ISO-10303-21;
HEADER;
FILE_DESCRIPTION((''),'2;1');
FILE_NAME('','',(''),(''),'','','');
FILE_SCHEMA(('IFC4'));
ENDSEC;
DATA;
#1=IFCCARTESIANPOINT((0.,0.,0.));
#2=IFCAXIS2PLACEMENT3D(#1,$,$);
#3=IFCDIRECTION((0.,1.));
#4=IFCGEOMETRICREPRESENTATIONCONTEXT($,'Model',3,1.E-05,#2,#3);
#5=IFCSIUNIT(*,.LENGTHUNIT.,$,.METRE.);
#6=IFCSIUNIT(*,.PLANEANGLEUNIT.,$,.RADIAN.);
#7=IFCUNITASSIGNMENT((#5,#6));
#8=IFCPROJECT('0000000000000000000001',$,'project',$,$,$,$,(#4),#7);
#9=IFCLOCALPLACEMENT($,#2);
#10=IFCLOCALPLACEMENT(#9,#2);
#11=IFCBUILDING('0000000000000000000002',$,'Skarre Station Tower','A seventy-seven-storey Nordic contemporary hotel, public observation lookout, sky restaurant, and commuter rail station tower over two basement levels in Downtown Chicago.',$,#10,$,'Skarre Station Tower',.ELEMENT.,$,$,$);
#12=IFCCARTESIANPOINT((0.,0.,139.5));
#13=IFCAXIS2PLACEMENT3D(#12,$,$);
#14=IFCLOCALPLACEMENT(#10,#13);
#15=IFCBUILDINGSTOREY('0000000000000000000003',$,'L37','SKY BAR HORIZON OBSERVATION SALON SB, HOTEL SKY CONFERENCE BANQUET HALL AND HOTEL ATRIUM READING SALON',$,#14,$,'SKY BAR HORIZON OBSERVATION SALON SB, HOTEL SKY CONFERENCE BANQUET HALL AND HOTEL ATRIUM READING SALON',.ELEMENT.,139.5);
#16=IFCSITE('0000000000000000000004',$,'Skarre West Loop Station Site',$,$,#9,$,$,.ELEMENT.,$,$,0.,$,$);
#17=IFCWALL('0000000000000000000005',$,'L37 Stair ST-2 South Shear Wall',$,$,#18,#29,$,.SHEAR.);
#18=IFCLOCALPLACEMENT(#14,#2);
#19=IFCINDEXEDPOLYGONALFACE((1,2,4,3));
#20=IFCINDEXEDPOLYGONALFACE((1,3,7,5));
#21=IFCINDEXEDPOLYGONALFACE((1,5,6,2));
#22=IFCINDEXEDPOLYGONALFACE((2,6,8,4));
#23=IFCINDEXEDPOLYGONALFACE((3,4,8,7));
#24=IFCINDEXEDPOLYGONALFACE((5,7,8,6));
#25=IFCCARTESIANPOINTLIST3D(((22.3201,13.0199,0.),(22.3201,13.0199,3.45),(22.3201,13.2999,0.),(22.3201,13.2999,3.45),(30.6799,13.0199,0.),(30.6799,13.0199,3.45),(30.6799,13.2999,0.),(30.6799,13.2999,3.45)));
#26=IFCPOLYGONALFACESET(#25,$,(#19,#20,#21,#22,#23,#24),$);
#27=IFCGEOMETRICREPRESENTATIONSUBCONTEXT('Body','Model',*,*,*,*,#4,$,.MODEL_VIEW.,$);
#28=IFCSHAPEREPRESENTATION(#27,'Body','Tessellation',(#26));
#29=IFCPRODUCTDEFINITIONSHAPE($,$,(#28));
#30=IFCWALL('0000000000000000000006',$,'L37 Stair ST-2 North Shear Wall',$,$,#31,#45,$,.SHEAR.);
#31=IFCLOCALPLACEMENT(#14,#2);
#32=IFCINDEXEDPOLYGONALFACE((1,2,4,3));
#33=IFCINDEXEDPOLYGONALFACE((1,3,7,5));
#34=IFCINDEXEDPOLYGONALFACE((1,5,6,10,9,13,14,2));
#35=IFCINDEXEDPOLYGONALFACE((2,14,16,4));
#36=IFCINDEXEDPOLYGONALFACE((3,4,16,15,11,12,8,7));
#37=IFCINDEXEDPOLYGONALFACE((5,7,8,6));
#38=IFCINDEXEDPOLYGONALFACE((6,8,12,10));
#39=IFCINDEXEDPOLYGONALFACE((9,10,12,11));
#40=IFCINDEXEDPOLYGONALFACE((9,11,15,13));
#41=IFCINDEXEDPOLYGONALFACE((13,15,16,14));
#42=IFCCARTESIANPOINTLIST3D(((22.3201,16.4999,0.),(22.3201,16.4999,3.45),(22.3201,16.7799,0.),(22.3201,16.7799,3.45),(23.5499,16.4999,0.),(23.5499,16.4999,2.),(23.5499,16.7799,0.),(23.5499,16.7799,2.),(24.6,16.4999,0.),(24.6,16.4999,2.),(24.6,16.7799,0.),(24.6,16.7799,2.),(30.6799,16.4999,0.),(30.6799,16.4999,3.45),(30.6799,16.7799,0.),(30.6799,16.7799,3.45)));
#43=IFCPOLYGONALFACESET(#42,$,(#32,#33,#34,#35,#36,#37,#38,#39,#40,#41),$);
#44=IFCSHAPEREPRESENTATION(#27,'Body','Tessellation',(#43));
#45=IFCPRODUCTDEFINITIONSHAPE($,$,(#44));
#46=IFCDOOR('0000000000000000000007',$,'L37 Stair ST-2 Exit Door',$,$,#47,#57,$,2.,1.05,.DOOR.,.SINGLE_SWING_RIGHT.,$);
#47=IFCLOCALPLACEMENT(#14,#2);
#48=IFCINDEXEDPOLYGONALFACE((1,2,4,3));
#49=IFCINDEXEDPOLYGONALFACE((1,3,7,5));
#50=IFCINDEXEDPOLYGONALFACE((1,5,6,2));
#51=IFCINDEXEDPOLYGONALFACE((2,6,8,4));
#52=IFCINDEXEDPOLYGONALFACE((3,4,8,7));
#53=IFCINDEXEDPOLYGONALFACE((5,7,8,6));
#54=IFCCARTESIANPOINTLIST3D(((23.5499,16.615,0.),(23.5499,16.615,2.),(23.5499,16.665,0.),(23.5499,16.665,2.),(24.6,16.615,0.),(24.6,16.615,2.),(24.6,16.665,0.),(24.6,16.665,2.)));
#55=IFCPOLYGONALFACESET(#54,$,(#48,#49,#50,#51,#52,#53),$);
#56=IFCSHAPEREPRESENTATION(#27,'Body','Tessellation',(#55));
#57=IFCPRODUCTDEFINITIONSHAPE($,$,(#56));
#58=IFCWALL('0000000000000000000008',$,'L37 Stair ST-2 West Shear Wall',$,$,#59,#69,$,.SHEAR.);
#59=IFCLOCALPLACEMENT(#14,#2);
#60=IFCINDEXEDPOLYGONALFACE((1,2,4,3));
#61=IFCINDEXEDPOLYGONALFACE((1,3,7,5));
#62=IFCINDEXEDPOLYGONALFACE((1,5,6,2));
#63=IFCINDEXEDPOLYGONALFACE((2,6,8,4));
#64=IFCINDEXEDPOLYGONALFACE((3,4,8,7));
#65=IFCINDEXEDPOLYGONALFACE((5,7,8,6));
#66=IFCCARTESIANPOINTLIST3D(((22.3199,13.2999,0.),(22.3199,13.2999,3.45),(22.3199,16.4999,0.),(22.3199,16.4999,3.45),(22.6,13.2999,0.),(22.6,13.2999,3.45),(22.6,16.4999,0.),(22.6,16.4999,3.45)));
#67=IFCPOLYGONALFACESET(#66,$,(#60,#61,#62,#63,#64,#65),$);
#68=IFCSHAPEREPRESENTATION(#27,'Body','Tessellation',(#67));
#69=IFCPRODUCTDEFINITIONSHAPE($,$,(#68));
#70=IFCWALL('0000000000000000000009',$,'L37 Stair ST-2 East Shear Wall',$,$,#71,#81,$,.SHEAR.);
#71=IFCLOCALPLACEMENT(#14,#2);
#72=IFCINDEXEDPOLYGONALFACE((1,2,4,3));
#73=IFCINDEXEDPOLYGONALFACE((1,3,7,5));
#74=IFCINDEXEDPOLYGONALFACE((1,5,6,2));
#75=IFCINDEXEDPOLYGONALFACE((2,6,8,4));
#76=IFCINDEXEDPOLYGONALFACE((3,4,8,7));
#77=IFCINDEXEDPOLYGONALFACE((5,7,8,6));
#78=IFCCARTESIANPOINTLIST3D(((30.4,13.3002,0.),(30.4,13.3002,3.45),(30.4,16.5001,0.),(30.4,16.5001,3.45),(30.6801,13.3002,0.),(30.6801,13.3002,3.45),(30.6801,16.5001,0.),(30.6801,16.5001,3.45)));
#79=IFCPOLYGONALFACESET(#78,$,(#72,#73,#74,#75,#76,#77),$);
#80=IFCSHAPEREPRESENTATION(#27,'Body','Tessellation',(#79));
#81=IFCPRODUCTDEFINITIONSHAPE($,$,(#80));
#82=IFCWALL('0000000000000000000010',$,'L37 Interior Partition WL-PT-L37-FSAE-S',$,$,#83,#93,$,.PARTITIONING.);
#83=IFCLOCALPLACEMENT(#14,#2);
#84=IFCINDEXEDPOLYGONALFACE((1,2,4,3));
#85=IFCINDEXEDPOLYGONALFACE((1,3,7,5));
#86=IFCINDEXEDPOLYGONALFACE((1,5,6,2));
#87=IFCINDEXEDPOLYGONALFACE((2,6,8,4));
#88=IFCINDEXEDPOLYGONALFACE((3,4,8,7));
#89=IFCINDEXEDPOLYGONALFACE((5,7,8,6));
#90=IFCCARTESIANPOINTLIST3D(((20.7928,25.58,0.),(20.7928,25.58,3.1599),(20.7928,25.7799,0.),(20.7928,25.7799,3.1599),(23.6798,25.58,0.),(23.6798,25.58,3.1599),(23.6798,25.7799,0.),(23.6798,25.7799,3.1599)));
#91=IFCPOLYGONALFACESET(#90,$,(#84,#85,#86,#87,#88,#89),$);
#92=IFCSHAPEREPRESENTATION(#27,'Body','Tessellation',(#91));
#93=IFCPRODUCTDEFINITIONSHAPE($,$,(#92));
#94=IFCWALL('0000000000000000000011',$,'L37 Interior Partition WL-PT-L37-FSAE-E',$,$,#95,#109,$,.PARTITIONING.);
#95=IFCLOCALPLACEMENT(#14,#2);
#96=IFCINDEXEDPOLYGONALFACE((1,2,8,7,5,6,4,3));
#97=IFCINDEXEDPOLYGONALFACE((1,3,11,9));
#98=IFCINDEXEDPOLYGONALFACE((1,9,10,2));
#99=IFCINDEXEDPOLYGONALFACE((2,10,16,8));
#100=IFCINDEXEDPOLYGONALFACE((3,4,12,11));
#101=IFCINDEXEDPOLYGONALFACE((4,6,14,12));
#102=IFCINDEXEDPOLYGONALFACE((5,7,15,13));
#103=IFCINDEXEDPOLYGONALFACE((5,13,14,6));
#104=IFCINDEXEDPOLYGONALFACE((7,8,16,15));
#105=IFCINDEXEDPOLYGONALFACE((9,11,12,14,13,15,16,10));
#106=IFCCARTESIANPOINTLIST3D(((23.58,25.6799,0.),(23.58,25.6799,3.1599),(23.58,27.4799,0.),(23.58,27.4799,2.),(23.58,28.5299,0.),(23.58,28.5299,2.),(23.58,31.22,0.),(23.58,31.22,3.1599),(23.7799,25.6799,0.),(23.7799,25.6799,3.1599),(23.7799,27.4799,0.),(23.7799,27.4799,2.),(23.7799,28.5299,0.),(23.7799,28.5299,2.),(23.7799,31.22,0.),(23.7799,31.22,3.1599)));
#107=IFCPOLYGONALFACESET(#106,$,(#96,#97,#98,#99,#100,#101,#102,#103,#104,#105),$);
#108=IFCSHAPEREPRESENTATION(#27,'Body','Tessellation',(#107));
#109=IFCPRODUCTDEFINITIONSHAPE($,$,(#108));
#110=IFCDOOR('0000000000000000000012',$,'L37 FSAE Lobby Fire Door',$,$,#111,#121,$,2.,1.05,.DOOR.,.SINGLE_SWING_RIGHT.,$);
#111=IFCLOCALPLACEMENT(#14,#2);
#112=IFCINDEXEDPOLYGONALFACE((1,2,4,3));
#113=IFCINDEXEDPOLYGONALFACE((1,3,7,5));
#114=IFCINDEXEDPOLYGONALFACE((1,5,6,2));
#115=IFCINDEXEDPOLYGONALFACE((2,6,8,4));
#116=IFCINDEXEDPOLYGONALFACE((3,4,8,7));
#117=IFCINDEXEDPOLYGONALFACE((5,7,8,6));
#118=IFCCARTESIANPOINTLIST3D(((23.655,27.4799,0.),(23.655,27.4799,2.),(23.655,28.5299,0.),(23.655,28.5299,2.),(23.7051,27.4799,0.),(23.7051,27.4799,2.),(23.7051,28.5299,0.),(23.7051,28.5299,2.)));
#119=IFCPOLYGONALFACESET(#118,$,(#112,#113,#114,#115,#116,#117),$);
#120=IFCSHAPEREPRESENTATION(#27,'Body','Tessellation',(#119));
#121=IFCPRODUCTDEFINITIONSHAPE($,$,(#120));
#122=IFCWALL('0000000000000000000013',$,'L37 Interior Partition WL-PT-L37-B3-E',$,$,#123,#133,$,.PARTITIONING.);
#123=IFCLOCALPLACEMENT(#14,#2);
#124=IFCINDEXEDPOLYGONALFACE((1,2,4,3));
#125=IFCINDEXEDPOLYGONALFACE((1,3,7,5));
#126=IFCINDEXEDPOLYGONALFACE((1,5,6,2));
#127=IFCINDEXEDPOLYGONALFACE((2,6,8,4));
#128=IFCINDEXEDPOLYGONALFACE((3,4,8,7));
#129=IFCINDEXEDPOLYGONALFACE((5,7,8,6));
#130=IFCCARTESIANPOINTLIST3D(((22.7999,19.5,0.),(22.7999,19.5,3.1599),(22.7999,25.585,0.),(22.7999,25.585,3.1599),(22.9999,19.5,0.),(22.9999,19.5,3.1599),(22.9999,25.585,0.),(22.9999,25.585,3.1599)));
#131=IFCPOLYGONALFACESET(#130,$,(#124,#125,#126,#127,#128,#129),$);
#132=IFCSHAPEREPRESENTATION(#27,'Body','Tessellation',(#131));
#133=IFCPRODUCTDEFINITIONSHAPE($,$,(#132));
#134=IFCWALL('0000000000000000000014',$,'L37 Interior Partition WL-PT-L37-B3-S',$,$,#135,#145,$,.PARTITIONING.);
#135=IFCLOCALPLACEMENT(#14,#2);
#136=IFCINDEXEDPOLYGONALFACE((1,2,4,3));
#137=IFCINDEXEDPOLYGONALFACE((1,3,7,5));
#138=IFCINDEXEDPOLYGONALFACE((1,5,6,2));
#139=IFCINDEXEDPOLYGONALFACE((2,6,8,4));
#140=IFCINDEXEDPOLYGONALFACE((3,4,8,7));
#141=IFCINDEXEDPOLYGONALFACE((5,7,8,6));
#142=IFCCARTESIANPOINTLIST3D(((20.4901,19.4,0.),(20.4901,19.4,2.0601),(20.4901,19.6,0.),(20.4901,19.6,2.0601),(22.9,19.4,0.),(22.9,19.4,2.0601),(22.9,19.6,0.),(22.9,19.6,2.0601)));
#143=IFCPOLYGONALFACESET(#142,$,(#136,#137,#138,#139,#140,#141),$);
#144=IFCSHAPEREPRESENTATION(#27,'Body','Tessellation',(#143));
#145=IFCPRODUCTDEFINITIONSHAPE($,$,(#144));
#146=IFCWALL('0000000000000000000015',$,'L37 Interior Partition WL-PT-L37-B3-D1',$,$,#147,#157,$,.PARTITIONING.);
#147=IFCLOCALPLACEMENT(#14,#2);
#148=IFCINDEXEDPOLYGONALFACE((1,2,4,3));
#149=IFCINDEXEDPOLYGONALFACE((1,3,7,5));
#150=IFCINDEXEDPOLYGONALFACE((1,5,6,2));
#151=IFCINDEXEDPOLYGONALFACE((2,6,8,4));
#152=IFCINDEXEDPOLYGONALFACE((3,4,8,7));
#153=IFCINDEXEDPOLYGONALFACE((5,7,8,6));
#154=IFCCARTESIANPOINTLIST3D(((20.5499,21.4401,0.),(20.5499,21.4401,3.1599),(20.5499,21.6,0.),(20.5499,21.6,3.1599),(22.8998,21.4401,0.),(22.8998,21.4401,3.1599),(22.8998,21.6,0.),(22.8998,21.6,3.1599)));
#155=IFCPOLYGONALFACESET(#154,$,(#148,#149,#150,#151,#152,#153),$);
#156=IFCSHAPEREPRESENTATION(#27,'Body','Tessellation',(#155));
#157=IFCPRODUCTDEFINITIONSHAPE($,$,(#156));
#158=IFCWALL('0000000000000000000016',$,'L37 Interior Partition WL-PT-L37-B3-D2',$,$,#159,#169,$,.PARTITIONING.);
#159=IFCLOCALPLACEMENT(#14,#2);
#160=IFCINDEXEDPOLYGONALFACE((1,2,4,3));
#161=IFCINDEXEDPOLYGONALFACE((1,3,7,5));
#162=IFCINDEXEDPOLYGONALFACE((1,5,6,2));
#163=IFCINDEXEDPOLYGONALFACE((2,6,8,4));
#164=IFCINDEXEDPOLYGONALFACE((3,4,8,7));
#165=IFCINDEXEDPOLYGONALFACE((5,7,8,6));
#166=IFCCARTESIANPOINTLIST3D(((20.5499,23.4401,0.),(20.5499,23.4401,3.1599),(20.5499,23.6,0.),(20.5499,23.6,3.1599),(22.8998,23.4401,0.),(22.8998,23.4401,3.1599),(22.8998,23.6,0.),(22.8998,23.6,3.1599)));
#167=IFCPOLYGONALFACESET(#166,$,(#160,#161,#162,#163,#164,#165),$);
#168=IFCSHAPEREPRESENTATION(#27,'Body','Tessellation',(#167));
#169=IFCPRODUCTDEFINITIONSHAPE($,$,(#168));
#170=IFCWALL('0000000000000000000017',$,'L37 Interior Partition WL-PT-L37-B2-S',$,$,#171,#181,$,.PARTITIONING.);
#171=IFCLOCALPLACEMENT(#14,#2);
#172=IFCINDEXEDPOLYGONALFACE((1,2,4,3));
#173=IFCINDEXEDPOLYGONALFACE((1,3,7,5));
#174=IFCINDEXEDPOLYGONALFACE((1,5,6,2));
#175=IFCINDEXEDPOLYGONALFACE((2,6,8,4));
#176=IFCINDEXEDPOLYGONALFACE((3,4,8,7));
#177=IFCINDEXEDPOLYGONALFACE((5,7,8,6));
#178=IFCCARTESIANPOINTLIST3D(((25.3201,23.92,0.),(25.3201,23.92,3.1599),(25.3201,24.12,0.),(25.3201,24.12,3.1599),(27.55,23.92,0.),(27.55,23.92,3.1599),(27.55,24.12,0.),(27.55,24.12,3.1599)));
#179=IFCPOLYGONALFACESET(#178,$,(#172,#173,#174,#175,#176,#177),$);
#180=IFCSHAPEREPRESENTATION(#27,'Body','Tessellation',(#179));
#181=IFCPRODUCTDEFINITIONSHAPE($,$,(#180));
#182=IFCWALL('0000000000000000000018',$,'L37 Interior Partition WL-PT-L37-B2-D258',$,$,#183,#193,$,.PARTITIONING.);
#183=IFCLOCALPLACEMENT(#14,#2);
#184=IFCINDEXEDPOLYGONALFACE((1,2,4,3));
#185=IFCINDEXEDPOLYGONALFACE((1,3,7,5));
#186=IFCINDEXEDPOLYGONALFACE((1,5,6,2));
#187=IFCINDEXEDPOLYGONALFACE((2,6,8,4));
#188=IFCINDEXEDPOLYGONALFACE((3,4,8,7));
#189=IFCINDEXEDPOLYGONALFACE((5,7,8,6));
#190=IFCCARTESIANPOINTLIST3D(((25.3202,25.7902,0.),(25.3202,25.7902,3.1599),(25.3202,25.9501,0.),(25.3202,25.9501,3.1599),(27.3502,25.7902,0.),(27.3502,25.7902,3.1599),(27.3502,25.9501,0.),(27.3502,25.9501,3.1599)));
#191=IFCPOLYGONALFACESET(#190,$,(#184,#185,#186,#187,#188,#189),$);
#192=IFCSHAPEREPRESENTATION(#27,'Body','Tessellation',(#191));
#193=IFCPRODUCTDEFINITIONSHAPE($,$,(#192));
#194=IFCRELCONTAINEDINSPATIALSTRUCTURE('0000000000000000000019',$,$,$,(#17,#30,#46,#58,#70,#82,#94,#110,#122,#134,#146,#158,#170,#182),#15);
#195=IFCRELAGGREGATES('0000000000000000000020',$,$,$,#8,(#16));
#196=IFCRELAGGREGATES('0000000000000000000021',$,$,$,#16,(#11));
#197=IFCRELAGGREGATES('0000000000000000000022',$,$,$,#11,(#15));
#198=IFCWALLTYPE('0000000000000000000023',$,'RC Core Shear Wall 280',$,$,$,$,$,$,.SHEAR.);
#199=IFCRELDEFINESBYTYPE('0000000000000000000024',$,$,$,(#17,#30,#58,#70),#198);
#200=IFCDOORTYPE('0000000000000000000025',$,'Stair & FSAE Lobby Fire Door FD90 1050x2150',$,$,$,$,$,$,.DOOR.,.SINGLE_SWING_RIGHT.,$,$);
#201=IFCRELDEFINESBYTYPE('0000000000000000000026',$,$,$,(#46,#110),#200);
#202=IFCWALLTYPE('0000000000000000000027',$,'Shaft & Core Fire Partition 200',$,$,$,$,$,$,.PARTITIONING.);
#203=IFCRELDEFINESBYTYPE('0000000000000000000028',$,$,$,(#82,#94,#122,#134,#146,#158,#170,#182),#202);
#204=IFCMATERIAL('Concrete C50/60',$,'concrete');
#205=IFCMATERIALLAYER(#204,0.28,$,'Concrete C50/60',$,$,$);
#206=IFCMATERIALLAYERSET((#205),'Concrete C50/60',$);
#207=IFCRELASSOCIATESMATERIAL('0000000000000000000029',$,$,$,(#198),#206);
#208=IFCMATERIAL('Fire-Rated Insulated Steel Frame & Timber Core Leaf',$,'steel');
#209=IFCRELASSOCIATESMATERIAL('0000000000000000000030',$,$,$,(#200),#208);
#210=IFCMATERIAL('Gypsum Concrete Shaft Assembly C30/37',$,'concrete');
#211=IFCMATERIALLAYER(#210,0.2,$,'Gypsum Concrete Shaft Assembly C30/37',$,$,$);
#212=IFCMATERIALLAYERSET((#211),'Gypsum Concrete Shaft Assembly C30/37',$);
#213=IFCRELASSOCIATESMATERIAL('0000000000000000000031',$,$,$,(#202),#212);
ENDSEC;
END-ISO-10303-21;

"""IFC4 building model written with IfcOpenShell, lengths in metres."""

from ifc_helpers import new_model, si_unit, direction, frame, frame_2d, origin, place, context, subcontext, project, spatial, rectangle, extrude, material, layer, layer_set, type_object, element, fill, save


model = new_model("IFC4")

# Units and contexts
model_context = context("Model", 3, precision=1e-05, world=origin(), true_north=direction((0.0, 1.0)))
body_context = subcontext(model_context, "Body", "Model", "MODEL_VIEW")
ifc_project = project(units=[si_unit("LENGTHUNIT", "METRE"), si_unit("PLANEANGLEUNIT", "RADIAN")], contexts=[model_context])

# Site, building, storey
site_placement = place(None, origin())
site = spatial("IfcSite", under=ifc_project, at=site_placement, Name="Skarre West Loop Station Site", CompositionType="ELEMENT", RefElevation=0.0)
building_placement = place(site_placement, origin())
building = spatial("IfcBuilding", under=site, at=building_placement, Name="Skarre Station Tower", Description="A seventy-seven-storey Nordic contemporary hotel, public observation lookout, sky restaurant, and commuter rail station tower over two basement levels in Downtown Chicago.", LongName="Skarre Station Tower", CompositionType="ELEMENT")
storey_placement = place(building_placement, frame((0.0, 0.0, 139.5)))
storey = spatial("IfcBuildingStorey", under=building, at=storey_placement, Name="L37", Description="SKY BAR HORIZON OBSERVATION SALON SB, HOTEL SKY CONFERENCE BANQUET HALL AND HOTEL ATRIUM READING SALON", LongName="SKY BAR HORIZON OBSERVATION SALON SB, HOTEL SKY CONFERENCE BANQUET HALL AND HOTEL ATRIUM READING SALON", CompositionType="ELEMENT", Elevation=139.5)

# Wall
ifc_material_1 = material(Name="Concrete C50/60", Category="concrete")
ifc_layer_1 = layer(ifc_material_1, 0.28, Name="Concrete C50/60")
ifc_layer_set_1 = layer_set([ifc_layer_1], Name="Concrete C50/60")
wall_type_1 = type_object("IfcWallType", Name="RC Core Shear Wall 280", PredefinedType="SHEAR", material=ifc_layer_set_1)
wall_1_placement = place(storey_placement, frame((22.3201, 13.1599, 0.0), z_axis=(0.0, 0.0, 1.0), x_axis=(1.0, 0.0, 0.0)))
element("IfcWall", 1, at=wall_1_placement, inside=storey, type_object=wall_type_1, Name="L37 Stair ST-2 South Shear Wall", PredefinedType="SHEAR", context=body_context, shape_type="SweptSolid", body=[
    extrude(rectangle(XDim=8.3599, YDim=0.28, at=frame_2d((4.1799, 0.0))), origin(), (0.0, 0.0, 1.0), 3.45),
])

# Wall, opening, door
wall_2_placement = place(storey_placement, frame((30.6799, 16.6399, 0.0), z_axis=(0.0, 0.0, 1.0), x_axis=(-1.0, 0.0, 0.0)))
wall_2 = element("IfcWall", 2, at=wall_2_placement, inside=storey, type_object=wall_type_1, Name="L37 Stair ST-2 North Shear Wall", PredefinedType="SHEAR", context=body_context, shape_type="SweptSolid", body=[
    extrude(rectangle(XDim=8.3599, YDim=0.28, at=frame_2d((4.1799, 0.0))), origin(), (0.0, 0.0, 1.0), 3.45),
])
opening_1_placement = place(wall_2_placement, frame((6.0801, 0.0, 0.0)))
opening_1 = element("IfcOpeningElement", 3, at=opening_1_placement, cuts=wall_2, PredefinedType="OPENING", context=body_context, shape_type="SweptSolid", body=[
    extrude(rectangle(XDim=1.05, YDim=2.0, at=frame_2d((0.5249, 1.0))), frame((0.0, 0.1499, 0.0), z_axis=(0.0, -1.0, 0.0), x_axis=(1.0, 0.0, 0.0)), (0.0, 0.0, 1.0), 0.3),
])
ifc_material_2 = material(Name="Fire-Rated Insulated Steel Frame & Timber Core Leaf", Category="steel")
door_type_1 = type_object("IfcDoorType", Name="Stair & FSAE Lobby Fire Door FD90 1050x2150", OperationType="SINGLE_SWING_RIGHT", PredefinedType="DOOR", material=ifc_material_2)
door_1_placement = place(opening_1_placement, origin())
door_1 = element("IfcDoor", 4, at=door_1_placement, inside=storey, type_object=door_type_1, Name="L37 Stair ST-2 Exit Door", OperationType="SINGLE_SWING_RIGHT", OverallHeight=2.0, OverallWidth=1.05, PredefinedType="DOOR", context=body_context, shape_type="SweptSolid", body=[
    extrude(rectangle(XDim=1.05, YDim=2.0, at=frame_2d((0.5249, 1.0))), frame((0.0, 0.0249, 0.0), z_axis=(0.0, -1.0, 0.0), x_axis=(1.0, 0.0, 0.0)), (0.0, 0.0, 1.0), 0.05),
])
fill(opening_1, door_1)

# Walls
for number, where, z_axis, x_axis, name in (
    (5, (22.46, 16.5, 0.0), (0.0, 0.0, 1.0), (0.0, -1.0, 0.0), "L37 Stair ST-2 West Shear Wall"),
    (6, (30.54, 13.3, 0.0), (0.0, 0.0, 1.0), (0.0, 1.0, 0.0), "L37 Stair ST-2 East Shear Wall"),
):
    element("IfcWall", number, at=place(storey_placement, frame(where, z_axis=z_axis, x_axis=x_axis)), inside=storey, type_object=wall_type_1, Name=name, PredefinedType="SHEAR", context=body_context, shape_type="SweptSolid", body=[
        extrude(rectangle(XDim=3.2, YDim=0.28, at=frame_2d((1.6001, 0.0))), origin(), (0.0, 0.0, 1.0), 3.45),
    ])
ifc_material_3 = material(Name="Gypsum Concrete Shaft Assembly C30/37", Category="concrete")
ifc_layer_2 = layer(ifc_material_3, 0.2, Name="Gypsum Concrete Shaft Assembly C30/37")
ifc_layer_set_2 = layer_set([ifc_layer_2], Name="Gypsum Concrete Shaft Assembly C30/37")
wall_type_2 = type_object("IfcWallType", Name="Shaft & Core Fire Partition 200", PredefinedType="PARTITIONING", material=ifc_layer_set_2)
wall_3_placement = place(storey_placement, frame((20.793, 25.6799, 0.0), z_axis=(0.0, 0.0, 1.0), x_axis=(1.0, 0.0, 0.0)))
element("IfcWall", 7, at=wall_3_placement, inside=storey, type_object=wall_type_2, Name="L37 Interior Partition WL-PT-L37-FSAE-S", PredefinedType="PARTITIONING", context=body_context, shape_type="SweptSolid", body=[
    extrude(rectangle(XDim=2.887, YDim=0.2, at=frame_2d((1.4434, 0.0))), origin(), (0.0, 0.0, 1.0), 3.1599),
])

# Wall, opening, door
wall_4_placement = place(storey_placement, frame((23.6799, 25.6799, 0.0), z_axis=(0.0, 0.0, 1.0), x_axis=(0.0, 1.0, 0.0)))
wall_4 = element("IfcWall", 8, at=wall_4_placement, inside=storey, type_object=wall_type_2, Name="L37 Interior Partition WL-PT-L37-FSAE-E", PredefinedType="PARTITIONING", context=body_context, shape_type="SweptSolid", body=[
    extrude(rectangle(XDim=5.54, YDim=0.2, at=frame_2d((2.77, 0.0))), origin(), (0.0, 0.0, 1.0), 3.1599),
])
opening_2_placement = place(wall_4_placement, frame((1.8, 0.0, 0.0)))
opening_2 = element("IfcOpeningElement", 9, at=opening_2_placement, cuts=wall_4, PredefinedType="OPENING", context=body_context, shape_type="SweptSolid", body=[
    extrude(rectangle(XDim=1.05, YDim=2.0, at=frame_2d((0.5249, 1.0))), frame((0.0, 0.1099, 0.0), z_axis=(0.0, -1.0, 0.0), x_axis=(1.0, 0.0, 0.0)), (0.0, 0.0, 1.0), 0.22),
])
door_2_placement = place(opening_2_placement, origin())
door_2 = element("IfcDoor", 10, at=door_2_placement, inside=storey, type_object=door_type_1, Name="L37 FSAE Lobby Fire Door", OperationType="SINGLE_SWING_RIGHT", OverallHeight=2.0, OverallWidth=1.05, PredefinedType="DOOR", context=body_context, shape_type="SweptSolid", body=[
    extrude(rectangle(XDim=1.05, YDim=2.0, at=frame_2d((0.5249, 1.0))), frame((0.0, 0.0249, 0.0), z_axis=(0.0, -1.0, 0.0), x_axis=(1.0, 0.0, 0.0)), (0.0, 0.0, 1.0), 0.05),
])
fill(opening_2, door_2)

# Walls
wall_5_placement = place(storey_placement, frame((22.8999, 19.5, 0.0), z_axis=(0.0, 0.0, 1.0), x_axis=(0.0, 1.0, 0.0)))
element("IfcWall", 11, at=wall_5_placement, inside=storey, type_object=wall_type_2, Name="L37 Interior Partition WL-PT-L37-B3-E", PredefinedType="PARTITIONING", context=body_context, shape_type="SweptSolid", body=[
    extrude(rectangle(XDim=6.085, YDim=0.2, at=frame_2d((3.0425, 0.0))), origin(), (0.0, 0.0, 1.0), 3.1599),
])
wall_6_placement = place(storey_placement, frame((20.49, 19.5, 0.0), z_axis=(0.0, 0.0, 1.0), x_axis=(1.0, 0.0, 0.0)))
element("IfcWall", 12, at=wall_6_placement, inside=storey, type_object=wall_type_2, Name="L37 Interior Partition WL-PT-L37-B3-S", PredefinedType="PARTITIONING", context=body_context, shape_type="SweptSolid", body=[
    extrude(rectangle(XDim=2.4099, YDim=0.2, at=frame_2d((1.2051, 0.0))), origin(), (0.0, 0.0, 1.0), 2.0601),
])
for number, where, z_axis, x_axis, name in (
    (13, (20.55, 21.52, 0.0), (0.0, 0.0, 1.0), (1.0, 0.0, 0.0), "L37 Interior Partition WL-PT-L37-B3-D1"),
    (14, (20.55, 23.52, 0.0), (0.0, 0.0, 1.0), (1.0, 0.0, 0.0), "L37 Interior Partition WL-PT-L37-B3-D2"),
):
    element("IfcWall", number, at=place(storey_placement, frame(where, z_axis=z_axis, x_axis=x_axis)), inside=storey, type_object=wall_type_2, Name=name, PredefinedType="PARTITIONING", context=body_context, shape_type="SweptSolid", body=[
        extrude(rectangle(XDim=2.3499, YDim=0.1599, at=frame_2d((1.1748, 0.0))), origin(), (0.0, 0.0, 1.0), 3.1599),
    ])
wall_7_placement = place(storey_placement, frame((25.3201, 24.02, 0.0), z_axis=(0.0, 0.0, 1.0), x_axis=(1.0, 0.0, 0.0)))
element("IfcWall", 15, at=wall_7_placement, inside=storey, type_object=wall_type_2, Name="L37 Interior Partition WL-PT-L37-B2-S", PredefinedType="PARTITIONING", context=body_context, shape_type="SweptSolid", body=[
    extrude(rectangle(XDim=2.23, YDim=0.2, at=frame_2d((1.115, 0.0))), origin(), (0.0, 0.0, 1.0), 3.1599),
])
for number, where, z_axis, x_axis, name in (
    (16, (25.3201, 25.8701, 0.0), (0.0, 0.0, 1.0), (1.0, 0.0, 0.0), "L37 Interior Partition WL-PT-L37-B2-D258"),
):
    element("IfcWall", number, at=place(storey_placement, frame(where, z_axis=z_axis, x_axis=x_axis)), inside=storey, type_object=wall_type_2, Name=name, PredefinedType="PARTITIONING", context=body_context, shape_type="SweptSolid", body=[
        extrude(rectangle(XDim=2.03, YDim=0.1599, at=frame_2d((1.0151, 0.0))), origin(), (0.0, 0.0, 1.0), 3.1599),
    ])

save(model, "model.ifc")
